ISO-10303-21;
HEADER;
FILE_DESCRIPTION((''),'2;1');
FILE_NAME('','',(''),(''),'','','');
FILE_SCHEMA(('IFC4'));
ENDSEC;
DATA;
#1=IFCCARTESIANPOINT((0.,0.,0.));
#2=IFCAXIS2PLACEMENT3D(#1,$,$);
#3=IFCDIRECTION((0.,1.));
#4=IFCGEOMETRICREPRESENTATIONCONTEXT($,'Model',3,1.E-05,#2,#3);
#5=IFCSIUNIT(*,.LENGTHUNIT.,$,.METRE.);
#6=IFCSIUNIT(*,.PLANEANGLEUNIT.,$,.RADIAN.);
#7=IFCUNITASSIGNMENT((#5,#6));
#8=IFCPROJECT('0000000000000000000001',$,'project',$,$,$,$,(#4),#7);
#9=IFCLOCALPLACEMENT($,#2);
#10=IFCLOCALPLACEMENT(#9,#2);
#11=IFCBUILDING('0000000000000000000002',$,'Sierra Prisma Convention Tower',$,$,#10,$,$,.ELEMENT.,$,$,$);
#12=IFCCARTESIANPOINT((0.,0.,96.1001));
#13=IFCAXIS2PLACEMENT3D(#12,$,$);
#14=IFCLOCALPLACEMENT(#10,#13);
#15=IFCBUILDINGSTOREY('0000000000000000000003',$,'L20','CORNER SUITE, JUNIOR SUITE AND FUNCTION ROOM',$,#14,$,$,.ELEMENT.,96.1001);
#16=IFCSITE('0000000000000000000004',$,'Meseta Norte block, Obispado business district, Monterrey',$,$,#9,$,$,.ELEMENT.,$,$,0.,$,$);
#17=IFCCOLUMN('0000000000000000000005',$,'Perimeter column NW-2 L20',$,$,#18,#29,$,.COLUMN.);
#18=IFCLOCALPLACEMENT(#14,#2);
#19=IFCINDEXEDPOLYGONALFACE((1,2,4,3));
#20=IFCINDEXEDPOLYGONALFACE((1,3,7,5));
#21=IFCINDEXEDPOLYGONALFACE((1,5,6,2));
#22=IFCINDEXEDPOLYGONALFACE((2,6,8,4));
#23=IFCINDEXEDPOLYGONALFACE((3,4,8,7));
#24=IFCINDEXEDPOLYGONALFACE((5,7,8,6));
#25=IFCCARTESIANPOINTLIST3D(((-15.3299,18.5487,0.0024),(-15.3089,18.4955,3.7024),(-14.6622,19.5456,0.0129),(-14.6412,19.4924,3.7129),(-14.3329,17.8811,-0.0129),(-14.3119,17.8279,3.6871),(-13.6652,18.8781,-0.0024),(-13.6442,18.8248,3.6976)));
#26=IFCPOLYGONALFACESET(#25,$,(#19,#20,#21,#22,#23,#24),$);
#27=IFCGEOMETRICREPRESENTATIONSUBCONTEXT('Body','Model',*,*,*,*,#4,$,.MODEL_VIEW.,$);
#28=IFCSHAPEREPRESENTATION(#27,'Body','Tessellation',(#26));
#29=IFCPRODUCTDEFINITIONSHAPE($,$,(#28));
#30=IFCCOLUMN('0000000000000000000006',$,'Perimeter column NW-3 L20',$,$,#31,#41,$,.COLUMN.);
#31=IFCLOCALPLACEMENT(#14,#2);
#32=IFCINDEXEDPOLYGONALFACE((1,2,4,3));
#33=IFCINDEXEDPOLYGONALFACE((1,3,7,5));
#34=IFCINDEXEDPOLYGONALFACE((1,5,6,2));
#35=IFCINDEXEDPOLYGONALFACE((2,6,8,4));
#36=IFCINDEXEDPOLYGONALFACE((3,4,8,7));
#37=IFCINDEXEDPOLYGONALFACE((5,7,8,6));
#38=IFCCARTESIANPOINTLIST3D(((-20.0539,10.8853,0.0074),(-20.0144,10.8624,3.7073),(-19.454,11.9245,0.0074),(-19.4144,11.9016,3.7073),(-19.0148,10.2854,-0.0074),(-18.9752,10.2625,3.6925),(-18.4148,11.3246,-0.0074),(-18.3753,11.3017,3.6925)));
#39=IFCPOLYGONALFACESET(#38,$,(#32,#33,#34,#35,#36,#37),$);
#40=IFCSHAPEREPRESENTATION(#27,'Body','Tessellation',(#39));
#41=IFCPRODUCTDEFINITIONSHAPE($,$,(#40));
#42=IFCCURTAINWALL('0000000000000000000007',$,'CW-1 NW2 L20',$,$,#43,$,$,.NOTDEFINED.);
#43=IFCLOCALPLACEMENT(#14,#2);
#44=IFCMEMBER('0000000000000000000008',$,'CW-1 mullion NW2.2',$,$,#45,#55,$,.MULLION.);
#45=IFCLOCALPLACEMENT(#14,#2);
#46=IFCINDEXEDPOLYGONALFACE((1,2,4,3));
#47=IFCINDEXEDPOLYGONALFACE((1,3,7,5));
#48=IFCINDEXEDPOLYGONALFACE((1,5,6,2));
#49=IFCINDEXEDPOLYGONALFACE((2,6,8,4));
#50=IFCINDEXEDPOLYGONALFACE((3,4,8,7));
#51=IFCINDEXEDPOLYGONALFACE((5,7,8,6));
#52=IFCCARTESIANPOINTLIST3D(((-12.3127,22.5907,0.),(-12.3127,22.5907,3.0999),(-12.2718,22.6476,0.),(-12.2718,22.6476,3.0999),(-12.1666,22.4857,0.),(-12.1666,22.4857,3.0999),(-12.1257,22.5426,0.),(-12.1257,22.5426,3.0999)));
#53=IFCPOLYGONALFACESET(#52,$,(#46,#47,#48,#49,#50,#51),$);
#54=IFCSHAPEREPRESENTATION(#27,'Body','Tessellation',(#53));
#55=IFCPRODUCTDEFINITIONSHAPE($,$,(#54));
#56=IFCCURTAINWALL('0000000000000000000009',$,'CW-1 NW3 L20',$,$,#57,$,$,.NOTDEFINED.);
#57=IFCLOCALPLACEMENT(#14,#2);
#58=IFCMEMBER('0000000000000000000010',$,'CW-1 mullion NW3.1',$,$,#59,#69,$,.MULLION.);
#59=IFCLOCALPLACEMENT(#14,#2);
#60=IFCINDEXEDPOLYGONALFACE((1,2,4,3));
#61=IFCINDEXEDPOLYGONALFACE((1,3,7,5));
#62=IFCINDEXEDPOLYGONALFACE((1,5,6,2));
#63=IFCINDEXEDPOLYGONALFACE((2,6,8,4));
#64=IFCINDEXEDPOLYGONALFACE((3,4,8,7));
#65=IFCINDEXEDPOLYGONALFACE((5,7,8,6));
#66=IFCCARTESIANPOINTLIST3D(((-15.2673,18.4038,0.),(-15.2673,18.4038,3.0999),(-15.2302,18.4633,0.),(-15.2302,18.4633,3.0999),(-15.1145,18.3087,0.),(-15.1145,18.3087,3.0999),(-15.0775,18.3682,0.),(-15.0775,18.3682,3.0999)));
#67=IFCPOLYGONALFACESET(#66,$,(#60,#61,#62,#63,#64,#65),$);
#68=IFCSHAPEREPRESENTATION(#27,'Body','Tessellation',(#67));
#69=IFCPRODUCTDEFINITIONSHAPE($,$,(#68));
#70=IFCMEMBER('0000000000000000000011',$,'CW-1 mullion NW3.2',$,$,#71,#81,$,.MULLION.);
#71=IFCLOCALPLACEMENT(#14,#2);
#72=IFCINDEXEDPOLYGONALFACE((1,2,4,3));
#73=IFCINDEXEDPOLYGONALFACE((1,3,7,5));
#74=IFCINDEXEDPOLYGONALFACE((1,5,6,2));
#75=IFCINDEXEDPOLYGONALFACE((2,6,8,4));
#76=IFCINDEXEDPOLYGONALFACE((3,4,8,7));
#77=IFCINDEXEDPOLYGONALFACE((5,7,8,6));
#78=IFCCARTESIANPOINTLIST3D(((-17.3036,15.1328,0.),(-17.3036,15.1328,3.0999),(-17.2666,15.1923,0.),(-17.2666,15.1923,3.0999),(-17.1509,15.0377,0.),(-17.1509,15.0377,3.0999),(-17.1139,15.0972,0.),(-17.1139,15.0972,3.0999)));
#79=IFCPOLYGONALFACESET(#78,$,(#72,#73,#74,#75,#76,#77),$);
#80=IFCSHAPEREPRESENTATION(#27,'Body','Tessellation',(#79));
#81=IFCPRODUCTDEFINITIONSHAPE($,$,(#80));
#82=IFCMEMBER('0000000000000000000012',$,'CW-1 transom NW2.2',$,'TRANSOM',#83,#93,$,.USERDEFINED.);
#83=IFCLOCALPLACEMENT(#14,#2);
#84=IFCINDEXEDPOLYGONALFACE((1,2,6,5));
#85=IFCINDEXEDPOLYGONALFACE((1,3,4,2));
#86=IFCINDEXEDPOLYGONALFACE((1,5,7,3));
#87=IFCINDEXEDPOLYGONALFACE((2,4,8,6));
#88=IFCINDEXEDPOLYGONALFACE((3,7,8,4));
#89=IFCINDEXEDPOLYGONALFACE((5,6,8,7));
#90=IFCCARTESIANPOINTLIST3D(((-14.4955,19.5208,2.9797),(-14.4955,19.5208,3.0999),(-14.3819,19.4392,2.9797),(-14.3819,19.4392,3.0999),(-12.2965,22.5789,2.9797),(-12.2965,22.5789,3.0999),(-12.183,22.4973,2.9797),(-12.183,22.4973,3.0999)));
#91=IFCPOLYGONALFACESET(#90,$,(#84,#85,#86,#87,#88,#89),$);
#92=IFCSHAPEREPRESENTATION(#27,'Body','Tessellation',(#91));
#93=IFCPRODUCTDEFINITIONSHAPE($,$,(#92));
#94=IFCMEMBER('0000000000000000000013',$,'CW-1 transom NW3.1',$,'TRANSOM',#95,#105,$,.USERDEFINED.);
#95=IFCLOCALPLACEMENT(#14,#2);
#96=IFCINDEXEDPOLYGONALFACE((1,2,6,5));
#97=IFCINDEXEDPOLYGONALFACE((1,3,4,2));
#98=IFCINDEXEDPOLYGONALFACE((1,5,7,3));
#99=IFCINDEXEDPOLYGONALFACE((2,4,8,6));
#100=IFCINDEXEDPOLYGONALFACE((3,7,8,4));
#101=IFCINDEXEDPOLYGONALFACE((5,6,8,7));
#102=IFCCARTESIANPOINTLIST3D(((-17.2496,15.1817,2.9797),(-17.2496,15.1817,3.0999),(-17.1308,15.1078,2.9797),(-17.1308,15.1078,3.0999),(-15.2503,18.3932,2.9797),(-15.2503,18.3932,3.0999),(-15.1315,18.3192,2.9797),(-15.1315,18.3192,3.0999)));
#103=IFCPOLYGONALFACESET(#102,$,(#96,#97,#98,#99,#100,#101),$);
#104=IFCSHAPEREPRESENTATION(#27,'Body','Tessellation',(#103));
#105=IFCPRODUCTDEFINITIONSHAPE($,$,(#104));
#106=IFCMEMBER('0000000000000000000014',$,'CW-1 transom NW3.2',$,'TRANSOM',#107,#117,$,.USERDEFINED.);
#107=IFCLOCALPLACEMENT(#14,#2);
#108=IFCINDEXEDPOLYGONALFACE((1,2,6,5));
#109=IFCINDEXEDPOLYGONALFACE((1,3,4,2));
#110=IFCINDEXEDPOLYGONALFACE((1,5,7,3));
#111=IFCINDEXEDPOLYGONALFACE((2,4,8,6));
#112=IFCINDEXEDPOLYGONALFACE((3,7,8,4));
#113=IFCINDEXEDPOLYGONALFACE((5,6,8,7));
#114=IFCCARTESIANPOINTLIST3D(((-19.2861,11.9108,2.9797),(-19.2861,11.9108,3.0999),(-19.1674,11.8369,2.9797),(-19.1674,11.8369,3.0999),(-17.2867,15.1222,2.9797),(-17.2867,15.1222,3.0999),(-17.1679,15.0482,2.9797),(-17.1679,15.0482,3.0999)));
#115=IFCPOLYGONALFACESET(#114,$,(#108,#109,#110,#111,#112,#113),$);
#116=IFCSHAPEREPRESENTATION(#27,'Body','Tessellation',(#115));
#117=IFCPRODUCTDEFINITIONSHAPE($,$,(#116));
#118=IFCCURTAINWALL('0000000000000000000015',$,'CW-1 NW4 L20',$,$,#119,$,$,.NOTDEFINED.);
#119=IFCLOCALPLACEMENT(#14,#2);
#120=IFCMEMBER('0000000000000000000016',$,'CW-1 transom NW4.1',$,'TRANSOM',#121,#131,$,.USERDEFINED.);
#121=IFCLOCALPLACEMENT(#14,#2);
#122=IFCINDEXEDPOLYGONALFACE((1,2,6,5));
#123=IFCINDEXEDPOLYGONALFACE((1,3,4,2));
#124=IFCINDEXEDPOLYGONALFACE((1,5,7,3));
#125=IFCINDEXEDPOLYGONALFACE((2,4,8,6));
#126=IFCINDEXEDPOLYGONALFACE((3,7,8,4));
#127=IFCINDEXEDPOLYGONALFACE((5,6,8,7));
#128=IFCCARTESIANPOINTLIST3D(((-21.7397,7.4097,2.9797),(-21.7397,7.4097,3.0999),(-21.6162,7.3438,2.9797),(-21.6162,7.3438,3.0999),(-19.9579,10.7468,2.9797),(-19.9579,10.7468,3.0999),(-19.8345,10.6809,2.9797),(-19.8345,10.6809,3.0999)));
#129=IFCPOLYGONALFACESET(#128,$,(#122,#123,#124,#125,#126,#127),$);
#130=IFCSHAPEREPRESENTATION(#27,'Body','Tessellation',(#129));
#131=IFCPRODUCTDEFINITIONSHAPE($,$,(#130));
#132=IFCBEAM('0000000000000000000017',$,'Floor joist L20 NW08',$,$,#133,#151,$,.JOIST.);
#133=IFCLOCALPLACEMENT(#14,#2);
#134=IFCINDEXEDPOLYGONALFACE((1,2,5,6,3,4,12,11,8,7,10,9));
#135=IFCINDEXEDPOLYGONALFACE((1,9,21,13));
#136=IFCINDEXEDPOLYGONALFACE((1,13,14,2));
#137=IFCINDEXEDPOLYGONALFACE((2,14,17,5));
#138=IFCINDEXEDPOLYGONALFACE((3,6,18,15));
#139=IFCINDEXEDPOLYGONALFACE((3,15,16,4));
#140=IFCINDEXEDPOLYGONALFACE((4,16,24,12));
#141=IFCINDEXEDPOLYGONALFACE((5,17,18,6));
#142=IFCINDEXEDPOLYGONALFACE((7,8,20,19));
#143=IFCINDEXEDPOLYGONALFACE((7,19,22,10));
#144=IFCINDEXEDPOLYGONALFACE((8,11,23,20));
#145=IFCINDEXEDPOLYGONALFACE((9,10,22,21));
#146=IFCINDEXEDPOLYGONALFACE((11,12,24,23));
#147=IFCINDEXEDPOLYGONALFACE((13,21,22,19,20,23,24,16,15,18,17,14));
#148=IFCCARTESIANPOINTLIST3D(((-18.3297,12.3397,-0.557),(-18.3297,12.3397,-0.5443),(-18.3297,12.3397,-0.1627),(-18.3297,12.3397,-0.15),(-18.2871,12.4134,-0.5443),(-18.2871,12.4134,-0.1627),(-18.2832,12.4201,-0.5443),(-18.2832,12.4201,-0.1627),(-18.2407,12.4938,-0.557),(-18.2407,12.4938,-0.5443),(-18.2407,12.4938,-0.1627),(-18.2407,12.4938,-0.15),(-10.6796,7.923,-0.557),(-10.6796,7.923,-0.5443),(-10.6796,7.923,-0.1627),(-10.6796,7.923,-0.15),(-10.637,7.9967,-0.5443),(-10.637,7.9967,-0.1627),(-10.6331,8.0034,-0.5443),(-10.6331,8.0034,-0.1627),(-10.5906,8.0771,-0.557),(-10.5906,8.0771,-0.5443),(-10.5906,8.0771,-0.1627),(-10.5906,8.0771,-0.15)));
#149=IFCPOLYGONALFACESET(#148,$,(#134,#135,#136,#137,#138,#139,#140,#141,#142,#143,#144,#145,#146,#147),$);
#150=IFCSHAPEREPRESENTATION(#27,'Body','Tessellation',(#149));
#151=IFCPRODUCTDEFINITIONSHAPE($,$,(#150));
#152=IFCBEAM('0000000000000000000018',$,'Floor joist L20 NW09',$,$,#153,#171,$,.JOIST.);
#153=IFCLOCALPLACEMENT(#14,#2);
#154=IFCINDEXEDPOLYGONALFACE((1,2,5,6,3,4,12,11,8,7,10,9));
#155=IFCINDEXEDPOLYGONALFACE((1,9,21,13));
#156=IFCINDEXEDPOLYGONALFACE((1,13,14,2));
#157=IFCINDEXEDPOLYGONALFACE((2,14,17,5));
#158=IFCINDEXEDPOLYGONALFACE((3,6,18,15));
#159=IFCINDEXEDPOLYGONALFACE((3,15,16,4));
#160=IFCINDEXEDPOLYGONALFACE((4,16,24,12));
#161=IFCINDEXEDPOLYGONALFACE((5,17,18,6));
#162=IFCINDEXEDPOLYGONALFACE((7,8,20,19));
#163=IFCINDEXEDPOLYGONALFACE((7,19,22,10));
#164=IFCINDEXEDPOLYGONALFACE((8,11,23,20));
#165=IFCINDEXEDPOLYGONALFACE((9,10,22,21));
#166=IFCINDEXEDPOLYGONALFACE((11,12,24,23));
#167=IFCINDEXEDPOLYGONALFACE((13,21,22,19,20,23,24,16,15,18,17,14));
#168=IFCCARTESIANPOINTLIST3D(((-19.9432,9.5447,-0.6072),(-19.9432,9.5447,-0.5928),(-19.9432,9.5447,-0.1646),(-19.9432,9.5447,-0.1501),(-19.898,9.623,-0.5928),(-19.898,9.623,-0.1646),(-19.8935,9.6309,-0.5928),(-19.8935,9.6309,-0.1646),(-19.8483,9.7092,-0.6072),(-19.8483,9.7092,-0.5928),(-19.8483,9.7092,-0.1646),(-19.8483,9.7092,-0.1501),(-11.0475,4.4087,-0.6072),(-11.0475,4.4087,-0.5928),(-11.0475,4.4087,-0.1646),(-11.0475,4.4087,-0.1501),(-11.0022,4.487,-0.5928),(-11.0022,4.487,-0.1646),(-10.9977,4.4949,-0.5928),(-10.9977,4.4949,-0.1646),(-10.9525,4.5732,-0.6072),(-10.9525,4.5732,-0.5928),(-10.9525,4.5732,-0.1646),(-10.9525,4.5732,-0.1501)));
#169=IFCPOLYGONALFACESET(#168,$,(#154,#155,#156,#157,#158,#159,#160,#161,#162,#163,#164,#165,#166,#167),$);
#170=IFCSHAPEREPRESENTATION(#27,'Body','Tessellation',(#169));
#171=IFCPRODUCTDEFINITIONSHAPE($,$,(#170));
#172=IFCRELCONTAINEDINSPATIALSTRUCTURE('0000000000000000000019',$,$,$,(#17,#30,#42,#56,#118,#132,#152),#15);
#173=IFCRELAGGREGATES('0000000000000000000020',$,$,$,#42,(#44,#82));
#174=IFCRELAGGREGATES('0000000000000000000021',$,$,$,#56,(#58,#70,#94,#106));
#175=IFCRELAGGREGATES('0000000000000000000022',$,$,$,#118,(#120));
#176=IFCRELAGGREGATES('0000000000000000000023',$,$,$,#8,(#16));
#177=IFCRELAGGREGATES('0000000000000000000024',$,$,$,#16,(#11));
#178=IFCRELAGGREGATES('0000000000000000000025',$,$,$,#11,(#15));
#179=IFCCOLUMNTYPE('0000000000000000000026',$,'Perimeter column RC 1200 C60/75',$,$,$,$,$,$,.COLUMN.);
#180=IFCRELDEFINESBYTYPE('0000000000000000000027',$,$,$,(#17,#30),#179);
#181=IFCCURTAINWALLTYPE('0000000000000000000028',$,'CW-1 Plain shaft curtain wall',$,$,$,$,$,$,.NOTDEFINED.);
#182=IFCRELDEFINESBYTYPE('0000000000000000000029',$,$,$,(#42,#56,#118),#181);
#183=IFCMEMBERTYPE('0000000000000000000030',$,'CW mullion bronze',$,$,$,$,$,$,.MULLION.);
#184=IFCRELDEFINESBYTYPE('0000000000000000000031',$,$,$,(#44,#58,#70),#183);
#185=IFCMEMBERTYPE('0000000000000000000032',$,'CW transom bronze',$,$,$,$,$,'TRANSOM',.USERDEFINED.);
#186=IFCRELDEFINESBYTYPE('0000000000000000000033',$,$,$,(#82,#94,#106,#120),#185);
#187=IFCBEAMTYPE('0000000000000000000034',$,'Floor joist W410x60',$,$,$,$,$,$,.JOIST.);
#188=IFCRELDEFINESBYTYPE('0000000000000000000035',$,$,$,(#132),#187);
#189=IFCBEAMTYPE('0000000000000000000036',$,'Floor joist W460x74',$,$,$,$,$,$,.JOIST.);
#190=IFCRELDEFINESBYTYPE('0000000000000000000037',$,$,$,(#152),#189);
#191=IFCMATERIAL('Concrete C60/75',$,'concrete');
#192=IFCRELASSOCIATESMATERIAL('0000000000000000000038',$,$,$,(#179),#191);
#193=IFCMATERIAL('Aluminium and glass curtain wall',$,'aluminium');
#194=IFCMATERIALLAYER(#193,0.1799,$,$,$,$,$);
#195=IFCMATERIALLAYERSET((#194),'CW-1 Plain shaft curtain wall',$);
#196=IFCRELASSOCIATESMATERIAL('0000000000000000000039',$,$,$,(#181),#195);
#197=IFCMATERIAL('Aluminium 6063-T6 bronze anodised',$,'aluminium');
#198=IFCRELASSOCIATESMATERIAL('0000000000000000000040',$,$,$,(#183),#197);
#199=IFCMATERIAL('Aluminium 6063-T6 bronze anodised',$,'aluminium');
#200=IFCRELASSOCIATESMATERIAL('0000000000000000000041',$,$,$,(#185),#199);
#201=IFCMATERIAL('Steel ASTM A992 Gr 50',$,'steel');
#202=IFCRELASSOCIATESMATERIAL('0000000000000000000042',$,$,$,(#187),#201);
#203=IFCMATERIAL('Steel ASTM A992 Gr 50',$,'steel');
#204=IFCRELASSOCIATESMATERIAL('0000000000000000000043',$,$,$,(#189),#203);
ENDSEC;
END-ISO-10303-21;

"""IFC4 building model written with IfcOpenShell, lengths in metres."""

from ifc_helpers import new_model, si_unit, direction, frame, origin, origin_2d, place, context, subcontext, project, spatial, rectangle, i_section, extrude, material, layer, layer_set, material_profile, profile_set, type_object, element, aggregate, save


model = new_model("IFC4")

# Units and contexts
model_context = context("Model", 3, precision=1e-05, world=origin(), true_north=direction((0.0, 1.0)))
body_context = subcontext(model_context, "Body", "Model", "MODEL_VIEW")
ifc_project = project(units=[si_unit("LENGTHUNIT", "METRE"), si_unit("PLANEANGLEUNIT", "RADIAN")], contexts=[model_context])

# Site, building, storey
site_placement = place(None, origin())
site = spatial("IfcSite", under=ifc_project, at=site_placement, Name="Meseta Norte block, Obispado business district, Monterrey", CompositionType="ELEMENT", RefElevation=0.0)
building_placement = place(site_placement, origin())
building = spatial("IfcBuilding", under=site, at=building_placement, Name="Sierra Prisma Convention Tower", CompositionType="ELEMENT")
storey_placement = place(building_placement, frame((0.0, 0.0, 96.1001)))
storey = spatial("IfcBuildingStorey", under=building, at=storey_placement, Name="L20", Description="CORNER SUITE, JUNIOR SUITE AND FUNCTION ROOM", CompositionType="ELEMENT", Elevation=96.1001)

# Columns
ifc_material_1 = material(Name="Concrete C60/75", Category="concrete")
ifc_material_profile_1 = material_profile(ifc_material_1, rectangle(XDim=1.2, YDim=1.2, at=origin_2d()), Name="Perimeter column RC 1200 C60/75")
ifc_profile_set_1 = profile_set([ifc_material_profile_1], Name="Concrete C60/75")
column_type = type_object("IfcColumnType", Name="Perimeter column RC 1200 C60/75", PredefinedType="COLUMN", material=ifc_profile_set_1)
column_1_placement = place(storey_placement, frame((-14.4976, 18.7134, 0.0), z_axis=(0.005674, -0.014383, 0.99988), x_axis=(0.556459, 0.830828, 0.008793)))
element("IfcColumn", 1, at=column_1_placement, inside=storey, type_object=column_type, Name="Perimeter column NW-2 L20", PredefinedType="COLUMN", context=body_context, shape_type="SweptSolid", body=[
    extrude(rectangle(XDim=1.2, YDim=1.2, at=origin_2d()), origin(), (0.0, 0.0, 1.0), 3.7004),
])
column_2_placement = place(storey_placement, frame((-19.2344, 11.105, 0.0), z_axis=(0.010689, -0.006202, 0.999924), x_axis=(0.499971, 0.866042, 0.000027)))
element("IfcColumn", 2, at=column_2_placement, inside=storey, type_object=column_type, Name="Perimeter column NW-3 L20", PredefinedType="COLUMN", context=body_context, shape_type="SweptSolid", body=[
    extrude(rectangle(XDim=1.2, YDim=1.2, at=origin_2d()), origin(), (0.0, 0.0, 1.0), 3.7002),
])

# Curtain wall, member
ifc_material_2 = material(Name="Aluminium and glass curtain wall", Category="aluminium")
ifc_layer_1 = layer(ifc_material_2, 0.1799)
ifc_layer_set_1 = layer_set([ifc_layer_1], Name="CW-1 Plain shaft curtain wall")
curtain_wall_type = type_object("IfcCurtainWallType", Name="CW-1 Plain shaft curtain wall", PredefinedType="NOTDEFINED", material=ifc_layer_set_1)
curtain_wall_1_placement = place(storey_placement, origin())
curtain_wall_1 = element("IfcCurtainWall", 3, at=curtain_wall_1_placement, inside=storey, type_object=curtain_wall_type, Name="CW-1 NW2 L20", PredefinedType="NOTDEFINED")
ifc_material_3 = material(Name="Aluminium 6063-T6 bronze anodised", Category="aluminium")
ifc_material_profile_2 = material_profile(ifc_material_3, rectangle(XDim=0.1799, YDim=0.0701, at=origin_2d()), Name="ALU MULLION 70x180")
ifc_profile_set_2 = profile_set([ifc_material_profile_2], Name="Aluminium 6063-T6 bronze anodised")
member_type_1 = type_object("IfcMemberType", Name="CW mullion bronze", PredefinedType="MULLION", material=ifc_profile_set_2)
member_1_placement = place(storey_placement, frame((-12.2192, 22.5667, 0.0), z_axis=(0.0, 0.0, 1.0), x_axis=(0.811902, -0.583793, 0.0)))
member_1 = element("IfcMember", 4, at=member_1_placement, type_object=member_type_1, Name="CW-1 mullion NW2.2", PredefinedType="MULLION", context=body_context, shape_type="SweptSolid", body=[
    extrude(rectangle(XDim=0.1799, YDim=0.0701, at=origin_2d()), origin(), (0.0, 0.0, 1.0), 3.0999),
])

# Curtain wall, members
curtain_wall_2_placement = place(storey_placement, origin())
curtain_wall_2 = element("IfcCurtainWall", 5, at=curtain_wall_2_placement, inside=storey, type_object=curtain_wall_type, Name="CW-1 NW3 L20", PredefinedType="NOTDEFINED")
member_2_placement = place(storey_placement, frame((-15.1724, 18.386, 0.0), z_axis=(0.0, 0.0, 1.0), x_axis=(0.848917, -0.528526, 0.0)))
member_2 = element("IfcMember", 6, at=member_2_placement, type_object=member_type_1, Name="CW-1 mullion NW3.1", PredefinedType="MULLION", context=body_context, shape_type="SweptSolid", body=[
    extrude(rectangle(XDim=0.1799, YDim=0.0701, at=origin_2d()), origin(), (0.0, 0.0, 1.0), 3.0999),
])
member_3_placement = place(storey_placement, frame((-17.2087, 15.115, 0.0), z_axis=(0.0, 0.0, 1.0), x_axis=(0.848917, -0.528526, 0.0)))
member_3 = element("IfcMember", 7, at=member_3_placement, type_object=member_type_1, Name="CW-1 mullion NW3.2", PredefinedType="MULLION", context=body_context, shape_type="SweptSolid", body=[
    extrude(rectangle(XDim=0.1799, YDim=0.0701, at=origin_2d()), origin(), (0.0, 0.0, 1.0), 3.0999),
])

# Members
ifc_material_4 = material(Name="Aluminium 6063-T6 bronze anodised", Category="aluminium")
ifc_material_profile_3 = material_profile(ifc_material_4, rectangle(XDim=0.1399, YDim=0.1201, at=origin_2d()), Name="ALU TRANSOM 120x140")
ifc_profile_set_3 = profile_set([ifc_material_profile_3], Name="Aluminium 6063-T6 bronze anodised")
member_type_2 = type_object("IfcMemberType", Name="CW transom bronze", ElementType="TRANSOM", PredefinedType="USERDEFINED", material=ifc_profile_set_3)
member_4_placement = place(storey_placement, frame((-12.2397, 22.5381, 3.0398), z_axis=(-0.583804, -0.811894, 0.0), x_axis=(0.811894, -0.583804, 0.0)))
member_4 = element("IfcMember", 8, at=member_4_placement, type_object=member_type_2, Name="CW-1 transom NW2.2", ObjectType="TRANSOM", PredefinedType="USERDEFINED", context=body_context, shape_type="SweptSolid", body=[
    extrude(rectangle(XDim=0.1399, YDim=0.1201, at=origin_2d()), origin(), (0.0, 0.0, 1.0), 3.7666),
])
member_5_placement = place(storey_placement, frame((-15.1909, 18.3562, 3.0398), z_axis=(-0.528501, -0.848932, 0.0), x_axis=(0.848932, -0.528501, 0.0)))
member_5 = element("IfcMember", 9, at=member_5_placement, type_object=member_type_2, Name="CW-1 transom NW3.1", ObjectType="TRANSOM", PredefinedType="USERDEFINED", context=body_context, shape_type="SweptSolid", body=[
    extrude(rectangle(XDim=0.1399, YDim=0.1201, at=origin_2d()), origin(), (0.0, 0.0, 1.0), 3.783),
])
member_6_placement = place(storey_placement, frame((-17.2273, 15.0852, 3.0398), z_axis=(-0.528548, -0.848903, 0.0), x_axis=(0.848903, -0.528548, 0.0)))
member_6 = element("IfcMember", 10, at=member_6_placement, type_object=member_type_2, Name="CW-1 transom NW3.2", ObjectType="TRANSOM", PredefinedType="USERDEFINED", context=body_context, shape_type="SweptSolid", body=[
    extrude(rectangle(XDim=0.1399, YDim=0.1201, at=origin_2d()), origin(), (0.0, 0.0, 1.0), 3.783),
])

# Curtain wall, member
curtain_wall_3_placement = place(storey_placement, origin())
curtain_wall_3 = element("IfcCurtainWall", 11, at=curtain_wall_3_placement, inside=storey, type_object=curtain_wall_type, Name="CW-1 NW4 L20", PredefinedType="NOTDEFINED")
member_7_placement = place(storey_placement, frame((-19.8962, 10.7139, 3.0398), z_axis=(-0.470983, -0.882142, 0.0), x_axis=(0.882142, -0.470983, 0.0)))
member_7 = element("IfcMember", 12, at=member_7_placement, type_object=member_type_2, Name="CW-1 transom NW4.1", ObjectType="TRANSOM", PredefinedType="USERDEFINED", context=body_context, shape_type="SweptSolid", body=[
    extrude(rectangle(XDim=0.1399, YDim=0.1201, at=origin_2d()), origin(), (0.0, 0.0, 1.0), 3.783),
])

# Beams
ifc_material_5 = material(Name="Steel ASTM A992 Gr 50", Category="steel")
ifc_material_profile_4 = material_profile(ifc_material_5, i_section(OverallWidth=0.178, OverallDepth=0.407, WebThickness=0.0078, FlangeThickness=0.0127, at=origin_2d()), Name="W410x60")
ifc_profile_set_4 = profile_set([ifc_material_profile_4], Name="Steel ASTM A992 Gr 50")
beam_type_1 = type_object("IfcBeamType", Name="Floor joist W410x60", PredefinedType="JOIST", material=ifc_profile_set_4)
beam_1_placement = place(storey_placement, frame((-18.2852, 12.4167, -0.3535), z_axis=(0.866029, -0.499994, 0.0), x_axis=(0.499994, 0.866029, 0.0)))
element("IfcBeam", 13, at=beam_1_placement, inside=storey, type_object=beam_type_1, Name="Floor joist L20 NW08", PredefinedType="JOIST", context=body_context, shape_type="SweptSolid", body=[
    extrude(i_section(OverallWidth=0.178, OverallDepth=0.407, WebThickness=0.0078, FlangeThickness=0.0127, at=origin_2d()), origin(), (0.0, 0.0, 1.0), 8.8335),
])
ifc_material_6 = material(Name="Steel ASTM A992 Gr 50", Category="steel")
ifc_material_profile_5 = material_profile(ifc_material_6, i_section(OverallWidth=0.1899, OverallDepth=0.457, WebThickness=0.009, FlangeThickness=0.0144, at=origin_2d()), Name="W460x74")
ifc_profile_set_5 = profile_set([ifc_material_profile_5], Name="Steel ASTM A992 Gr 50")
beam_type_2 = type_object("IfcBeamType", Name="Floor joist W460x74", PredefinedType="JOIST", material=ifc_profile_set_5)
beam_2_placement = place(storey_placement, frame((-19.8958, 9.627, -0.3787), z_axis=(0.866024, -0.500002, 0.0), x_axis=(0.500002, 0.866024, 0.0)))
element("IfcBeam", 14, at=beam_2_placement, inside=storey, type_object=beam_type_2, Name="Floor joist L20 NW09", PredefinedType="JOIST", context=body_context, shape_type="SweptSolid", body=[
    extrude(i_section(OverallWidth=0.1899, OverallDepth=0.457, WebThickness=0.009, FlangeThickness=0.0144, at=origin_2d()), origin(), (0.0, 0.0, 1.0), 10.272),
])

aggregate(curtain_wall_1, [member_1, member_4])
aggregate(curtain_wall_2, [member_2, member_3, member_5, member_6])
aggregate(curtain_wall_3, [member_7])

save(model, "model.ifc")
